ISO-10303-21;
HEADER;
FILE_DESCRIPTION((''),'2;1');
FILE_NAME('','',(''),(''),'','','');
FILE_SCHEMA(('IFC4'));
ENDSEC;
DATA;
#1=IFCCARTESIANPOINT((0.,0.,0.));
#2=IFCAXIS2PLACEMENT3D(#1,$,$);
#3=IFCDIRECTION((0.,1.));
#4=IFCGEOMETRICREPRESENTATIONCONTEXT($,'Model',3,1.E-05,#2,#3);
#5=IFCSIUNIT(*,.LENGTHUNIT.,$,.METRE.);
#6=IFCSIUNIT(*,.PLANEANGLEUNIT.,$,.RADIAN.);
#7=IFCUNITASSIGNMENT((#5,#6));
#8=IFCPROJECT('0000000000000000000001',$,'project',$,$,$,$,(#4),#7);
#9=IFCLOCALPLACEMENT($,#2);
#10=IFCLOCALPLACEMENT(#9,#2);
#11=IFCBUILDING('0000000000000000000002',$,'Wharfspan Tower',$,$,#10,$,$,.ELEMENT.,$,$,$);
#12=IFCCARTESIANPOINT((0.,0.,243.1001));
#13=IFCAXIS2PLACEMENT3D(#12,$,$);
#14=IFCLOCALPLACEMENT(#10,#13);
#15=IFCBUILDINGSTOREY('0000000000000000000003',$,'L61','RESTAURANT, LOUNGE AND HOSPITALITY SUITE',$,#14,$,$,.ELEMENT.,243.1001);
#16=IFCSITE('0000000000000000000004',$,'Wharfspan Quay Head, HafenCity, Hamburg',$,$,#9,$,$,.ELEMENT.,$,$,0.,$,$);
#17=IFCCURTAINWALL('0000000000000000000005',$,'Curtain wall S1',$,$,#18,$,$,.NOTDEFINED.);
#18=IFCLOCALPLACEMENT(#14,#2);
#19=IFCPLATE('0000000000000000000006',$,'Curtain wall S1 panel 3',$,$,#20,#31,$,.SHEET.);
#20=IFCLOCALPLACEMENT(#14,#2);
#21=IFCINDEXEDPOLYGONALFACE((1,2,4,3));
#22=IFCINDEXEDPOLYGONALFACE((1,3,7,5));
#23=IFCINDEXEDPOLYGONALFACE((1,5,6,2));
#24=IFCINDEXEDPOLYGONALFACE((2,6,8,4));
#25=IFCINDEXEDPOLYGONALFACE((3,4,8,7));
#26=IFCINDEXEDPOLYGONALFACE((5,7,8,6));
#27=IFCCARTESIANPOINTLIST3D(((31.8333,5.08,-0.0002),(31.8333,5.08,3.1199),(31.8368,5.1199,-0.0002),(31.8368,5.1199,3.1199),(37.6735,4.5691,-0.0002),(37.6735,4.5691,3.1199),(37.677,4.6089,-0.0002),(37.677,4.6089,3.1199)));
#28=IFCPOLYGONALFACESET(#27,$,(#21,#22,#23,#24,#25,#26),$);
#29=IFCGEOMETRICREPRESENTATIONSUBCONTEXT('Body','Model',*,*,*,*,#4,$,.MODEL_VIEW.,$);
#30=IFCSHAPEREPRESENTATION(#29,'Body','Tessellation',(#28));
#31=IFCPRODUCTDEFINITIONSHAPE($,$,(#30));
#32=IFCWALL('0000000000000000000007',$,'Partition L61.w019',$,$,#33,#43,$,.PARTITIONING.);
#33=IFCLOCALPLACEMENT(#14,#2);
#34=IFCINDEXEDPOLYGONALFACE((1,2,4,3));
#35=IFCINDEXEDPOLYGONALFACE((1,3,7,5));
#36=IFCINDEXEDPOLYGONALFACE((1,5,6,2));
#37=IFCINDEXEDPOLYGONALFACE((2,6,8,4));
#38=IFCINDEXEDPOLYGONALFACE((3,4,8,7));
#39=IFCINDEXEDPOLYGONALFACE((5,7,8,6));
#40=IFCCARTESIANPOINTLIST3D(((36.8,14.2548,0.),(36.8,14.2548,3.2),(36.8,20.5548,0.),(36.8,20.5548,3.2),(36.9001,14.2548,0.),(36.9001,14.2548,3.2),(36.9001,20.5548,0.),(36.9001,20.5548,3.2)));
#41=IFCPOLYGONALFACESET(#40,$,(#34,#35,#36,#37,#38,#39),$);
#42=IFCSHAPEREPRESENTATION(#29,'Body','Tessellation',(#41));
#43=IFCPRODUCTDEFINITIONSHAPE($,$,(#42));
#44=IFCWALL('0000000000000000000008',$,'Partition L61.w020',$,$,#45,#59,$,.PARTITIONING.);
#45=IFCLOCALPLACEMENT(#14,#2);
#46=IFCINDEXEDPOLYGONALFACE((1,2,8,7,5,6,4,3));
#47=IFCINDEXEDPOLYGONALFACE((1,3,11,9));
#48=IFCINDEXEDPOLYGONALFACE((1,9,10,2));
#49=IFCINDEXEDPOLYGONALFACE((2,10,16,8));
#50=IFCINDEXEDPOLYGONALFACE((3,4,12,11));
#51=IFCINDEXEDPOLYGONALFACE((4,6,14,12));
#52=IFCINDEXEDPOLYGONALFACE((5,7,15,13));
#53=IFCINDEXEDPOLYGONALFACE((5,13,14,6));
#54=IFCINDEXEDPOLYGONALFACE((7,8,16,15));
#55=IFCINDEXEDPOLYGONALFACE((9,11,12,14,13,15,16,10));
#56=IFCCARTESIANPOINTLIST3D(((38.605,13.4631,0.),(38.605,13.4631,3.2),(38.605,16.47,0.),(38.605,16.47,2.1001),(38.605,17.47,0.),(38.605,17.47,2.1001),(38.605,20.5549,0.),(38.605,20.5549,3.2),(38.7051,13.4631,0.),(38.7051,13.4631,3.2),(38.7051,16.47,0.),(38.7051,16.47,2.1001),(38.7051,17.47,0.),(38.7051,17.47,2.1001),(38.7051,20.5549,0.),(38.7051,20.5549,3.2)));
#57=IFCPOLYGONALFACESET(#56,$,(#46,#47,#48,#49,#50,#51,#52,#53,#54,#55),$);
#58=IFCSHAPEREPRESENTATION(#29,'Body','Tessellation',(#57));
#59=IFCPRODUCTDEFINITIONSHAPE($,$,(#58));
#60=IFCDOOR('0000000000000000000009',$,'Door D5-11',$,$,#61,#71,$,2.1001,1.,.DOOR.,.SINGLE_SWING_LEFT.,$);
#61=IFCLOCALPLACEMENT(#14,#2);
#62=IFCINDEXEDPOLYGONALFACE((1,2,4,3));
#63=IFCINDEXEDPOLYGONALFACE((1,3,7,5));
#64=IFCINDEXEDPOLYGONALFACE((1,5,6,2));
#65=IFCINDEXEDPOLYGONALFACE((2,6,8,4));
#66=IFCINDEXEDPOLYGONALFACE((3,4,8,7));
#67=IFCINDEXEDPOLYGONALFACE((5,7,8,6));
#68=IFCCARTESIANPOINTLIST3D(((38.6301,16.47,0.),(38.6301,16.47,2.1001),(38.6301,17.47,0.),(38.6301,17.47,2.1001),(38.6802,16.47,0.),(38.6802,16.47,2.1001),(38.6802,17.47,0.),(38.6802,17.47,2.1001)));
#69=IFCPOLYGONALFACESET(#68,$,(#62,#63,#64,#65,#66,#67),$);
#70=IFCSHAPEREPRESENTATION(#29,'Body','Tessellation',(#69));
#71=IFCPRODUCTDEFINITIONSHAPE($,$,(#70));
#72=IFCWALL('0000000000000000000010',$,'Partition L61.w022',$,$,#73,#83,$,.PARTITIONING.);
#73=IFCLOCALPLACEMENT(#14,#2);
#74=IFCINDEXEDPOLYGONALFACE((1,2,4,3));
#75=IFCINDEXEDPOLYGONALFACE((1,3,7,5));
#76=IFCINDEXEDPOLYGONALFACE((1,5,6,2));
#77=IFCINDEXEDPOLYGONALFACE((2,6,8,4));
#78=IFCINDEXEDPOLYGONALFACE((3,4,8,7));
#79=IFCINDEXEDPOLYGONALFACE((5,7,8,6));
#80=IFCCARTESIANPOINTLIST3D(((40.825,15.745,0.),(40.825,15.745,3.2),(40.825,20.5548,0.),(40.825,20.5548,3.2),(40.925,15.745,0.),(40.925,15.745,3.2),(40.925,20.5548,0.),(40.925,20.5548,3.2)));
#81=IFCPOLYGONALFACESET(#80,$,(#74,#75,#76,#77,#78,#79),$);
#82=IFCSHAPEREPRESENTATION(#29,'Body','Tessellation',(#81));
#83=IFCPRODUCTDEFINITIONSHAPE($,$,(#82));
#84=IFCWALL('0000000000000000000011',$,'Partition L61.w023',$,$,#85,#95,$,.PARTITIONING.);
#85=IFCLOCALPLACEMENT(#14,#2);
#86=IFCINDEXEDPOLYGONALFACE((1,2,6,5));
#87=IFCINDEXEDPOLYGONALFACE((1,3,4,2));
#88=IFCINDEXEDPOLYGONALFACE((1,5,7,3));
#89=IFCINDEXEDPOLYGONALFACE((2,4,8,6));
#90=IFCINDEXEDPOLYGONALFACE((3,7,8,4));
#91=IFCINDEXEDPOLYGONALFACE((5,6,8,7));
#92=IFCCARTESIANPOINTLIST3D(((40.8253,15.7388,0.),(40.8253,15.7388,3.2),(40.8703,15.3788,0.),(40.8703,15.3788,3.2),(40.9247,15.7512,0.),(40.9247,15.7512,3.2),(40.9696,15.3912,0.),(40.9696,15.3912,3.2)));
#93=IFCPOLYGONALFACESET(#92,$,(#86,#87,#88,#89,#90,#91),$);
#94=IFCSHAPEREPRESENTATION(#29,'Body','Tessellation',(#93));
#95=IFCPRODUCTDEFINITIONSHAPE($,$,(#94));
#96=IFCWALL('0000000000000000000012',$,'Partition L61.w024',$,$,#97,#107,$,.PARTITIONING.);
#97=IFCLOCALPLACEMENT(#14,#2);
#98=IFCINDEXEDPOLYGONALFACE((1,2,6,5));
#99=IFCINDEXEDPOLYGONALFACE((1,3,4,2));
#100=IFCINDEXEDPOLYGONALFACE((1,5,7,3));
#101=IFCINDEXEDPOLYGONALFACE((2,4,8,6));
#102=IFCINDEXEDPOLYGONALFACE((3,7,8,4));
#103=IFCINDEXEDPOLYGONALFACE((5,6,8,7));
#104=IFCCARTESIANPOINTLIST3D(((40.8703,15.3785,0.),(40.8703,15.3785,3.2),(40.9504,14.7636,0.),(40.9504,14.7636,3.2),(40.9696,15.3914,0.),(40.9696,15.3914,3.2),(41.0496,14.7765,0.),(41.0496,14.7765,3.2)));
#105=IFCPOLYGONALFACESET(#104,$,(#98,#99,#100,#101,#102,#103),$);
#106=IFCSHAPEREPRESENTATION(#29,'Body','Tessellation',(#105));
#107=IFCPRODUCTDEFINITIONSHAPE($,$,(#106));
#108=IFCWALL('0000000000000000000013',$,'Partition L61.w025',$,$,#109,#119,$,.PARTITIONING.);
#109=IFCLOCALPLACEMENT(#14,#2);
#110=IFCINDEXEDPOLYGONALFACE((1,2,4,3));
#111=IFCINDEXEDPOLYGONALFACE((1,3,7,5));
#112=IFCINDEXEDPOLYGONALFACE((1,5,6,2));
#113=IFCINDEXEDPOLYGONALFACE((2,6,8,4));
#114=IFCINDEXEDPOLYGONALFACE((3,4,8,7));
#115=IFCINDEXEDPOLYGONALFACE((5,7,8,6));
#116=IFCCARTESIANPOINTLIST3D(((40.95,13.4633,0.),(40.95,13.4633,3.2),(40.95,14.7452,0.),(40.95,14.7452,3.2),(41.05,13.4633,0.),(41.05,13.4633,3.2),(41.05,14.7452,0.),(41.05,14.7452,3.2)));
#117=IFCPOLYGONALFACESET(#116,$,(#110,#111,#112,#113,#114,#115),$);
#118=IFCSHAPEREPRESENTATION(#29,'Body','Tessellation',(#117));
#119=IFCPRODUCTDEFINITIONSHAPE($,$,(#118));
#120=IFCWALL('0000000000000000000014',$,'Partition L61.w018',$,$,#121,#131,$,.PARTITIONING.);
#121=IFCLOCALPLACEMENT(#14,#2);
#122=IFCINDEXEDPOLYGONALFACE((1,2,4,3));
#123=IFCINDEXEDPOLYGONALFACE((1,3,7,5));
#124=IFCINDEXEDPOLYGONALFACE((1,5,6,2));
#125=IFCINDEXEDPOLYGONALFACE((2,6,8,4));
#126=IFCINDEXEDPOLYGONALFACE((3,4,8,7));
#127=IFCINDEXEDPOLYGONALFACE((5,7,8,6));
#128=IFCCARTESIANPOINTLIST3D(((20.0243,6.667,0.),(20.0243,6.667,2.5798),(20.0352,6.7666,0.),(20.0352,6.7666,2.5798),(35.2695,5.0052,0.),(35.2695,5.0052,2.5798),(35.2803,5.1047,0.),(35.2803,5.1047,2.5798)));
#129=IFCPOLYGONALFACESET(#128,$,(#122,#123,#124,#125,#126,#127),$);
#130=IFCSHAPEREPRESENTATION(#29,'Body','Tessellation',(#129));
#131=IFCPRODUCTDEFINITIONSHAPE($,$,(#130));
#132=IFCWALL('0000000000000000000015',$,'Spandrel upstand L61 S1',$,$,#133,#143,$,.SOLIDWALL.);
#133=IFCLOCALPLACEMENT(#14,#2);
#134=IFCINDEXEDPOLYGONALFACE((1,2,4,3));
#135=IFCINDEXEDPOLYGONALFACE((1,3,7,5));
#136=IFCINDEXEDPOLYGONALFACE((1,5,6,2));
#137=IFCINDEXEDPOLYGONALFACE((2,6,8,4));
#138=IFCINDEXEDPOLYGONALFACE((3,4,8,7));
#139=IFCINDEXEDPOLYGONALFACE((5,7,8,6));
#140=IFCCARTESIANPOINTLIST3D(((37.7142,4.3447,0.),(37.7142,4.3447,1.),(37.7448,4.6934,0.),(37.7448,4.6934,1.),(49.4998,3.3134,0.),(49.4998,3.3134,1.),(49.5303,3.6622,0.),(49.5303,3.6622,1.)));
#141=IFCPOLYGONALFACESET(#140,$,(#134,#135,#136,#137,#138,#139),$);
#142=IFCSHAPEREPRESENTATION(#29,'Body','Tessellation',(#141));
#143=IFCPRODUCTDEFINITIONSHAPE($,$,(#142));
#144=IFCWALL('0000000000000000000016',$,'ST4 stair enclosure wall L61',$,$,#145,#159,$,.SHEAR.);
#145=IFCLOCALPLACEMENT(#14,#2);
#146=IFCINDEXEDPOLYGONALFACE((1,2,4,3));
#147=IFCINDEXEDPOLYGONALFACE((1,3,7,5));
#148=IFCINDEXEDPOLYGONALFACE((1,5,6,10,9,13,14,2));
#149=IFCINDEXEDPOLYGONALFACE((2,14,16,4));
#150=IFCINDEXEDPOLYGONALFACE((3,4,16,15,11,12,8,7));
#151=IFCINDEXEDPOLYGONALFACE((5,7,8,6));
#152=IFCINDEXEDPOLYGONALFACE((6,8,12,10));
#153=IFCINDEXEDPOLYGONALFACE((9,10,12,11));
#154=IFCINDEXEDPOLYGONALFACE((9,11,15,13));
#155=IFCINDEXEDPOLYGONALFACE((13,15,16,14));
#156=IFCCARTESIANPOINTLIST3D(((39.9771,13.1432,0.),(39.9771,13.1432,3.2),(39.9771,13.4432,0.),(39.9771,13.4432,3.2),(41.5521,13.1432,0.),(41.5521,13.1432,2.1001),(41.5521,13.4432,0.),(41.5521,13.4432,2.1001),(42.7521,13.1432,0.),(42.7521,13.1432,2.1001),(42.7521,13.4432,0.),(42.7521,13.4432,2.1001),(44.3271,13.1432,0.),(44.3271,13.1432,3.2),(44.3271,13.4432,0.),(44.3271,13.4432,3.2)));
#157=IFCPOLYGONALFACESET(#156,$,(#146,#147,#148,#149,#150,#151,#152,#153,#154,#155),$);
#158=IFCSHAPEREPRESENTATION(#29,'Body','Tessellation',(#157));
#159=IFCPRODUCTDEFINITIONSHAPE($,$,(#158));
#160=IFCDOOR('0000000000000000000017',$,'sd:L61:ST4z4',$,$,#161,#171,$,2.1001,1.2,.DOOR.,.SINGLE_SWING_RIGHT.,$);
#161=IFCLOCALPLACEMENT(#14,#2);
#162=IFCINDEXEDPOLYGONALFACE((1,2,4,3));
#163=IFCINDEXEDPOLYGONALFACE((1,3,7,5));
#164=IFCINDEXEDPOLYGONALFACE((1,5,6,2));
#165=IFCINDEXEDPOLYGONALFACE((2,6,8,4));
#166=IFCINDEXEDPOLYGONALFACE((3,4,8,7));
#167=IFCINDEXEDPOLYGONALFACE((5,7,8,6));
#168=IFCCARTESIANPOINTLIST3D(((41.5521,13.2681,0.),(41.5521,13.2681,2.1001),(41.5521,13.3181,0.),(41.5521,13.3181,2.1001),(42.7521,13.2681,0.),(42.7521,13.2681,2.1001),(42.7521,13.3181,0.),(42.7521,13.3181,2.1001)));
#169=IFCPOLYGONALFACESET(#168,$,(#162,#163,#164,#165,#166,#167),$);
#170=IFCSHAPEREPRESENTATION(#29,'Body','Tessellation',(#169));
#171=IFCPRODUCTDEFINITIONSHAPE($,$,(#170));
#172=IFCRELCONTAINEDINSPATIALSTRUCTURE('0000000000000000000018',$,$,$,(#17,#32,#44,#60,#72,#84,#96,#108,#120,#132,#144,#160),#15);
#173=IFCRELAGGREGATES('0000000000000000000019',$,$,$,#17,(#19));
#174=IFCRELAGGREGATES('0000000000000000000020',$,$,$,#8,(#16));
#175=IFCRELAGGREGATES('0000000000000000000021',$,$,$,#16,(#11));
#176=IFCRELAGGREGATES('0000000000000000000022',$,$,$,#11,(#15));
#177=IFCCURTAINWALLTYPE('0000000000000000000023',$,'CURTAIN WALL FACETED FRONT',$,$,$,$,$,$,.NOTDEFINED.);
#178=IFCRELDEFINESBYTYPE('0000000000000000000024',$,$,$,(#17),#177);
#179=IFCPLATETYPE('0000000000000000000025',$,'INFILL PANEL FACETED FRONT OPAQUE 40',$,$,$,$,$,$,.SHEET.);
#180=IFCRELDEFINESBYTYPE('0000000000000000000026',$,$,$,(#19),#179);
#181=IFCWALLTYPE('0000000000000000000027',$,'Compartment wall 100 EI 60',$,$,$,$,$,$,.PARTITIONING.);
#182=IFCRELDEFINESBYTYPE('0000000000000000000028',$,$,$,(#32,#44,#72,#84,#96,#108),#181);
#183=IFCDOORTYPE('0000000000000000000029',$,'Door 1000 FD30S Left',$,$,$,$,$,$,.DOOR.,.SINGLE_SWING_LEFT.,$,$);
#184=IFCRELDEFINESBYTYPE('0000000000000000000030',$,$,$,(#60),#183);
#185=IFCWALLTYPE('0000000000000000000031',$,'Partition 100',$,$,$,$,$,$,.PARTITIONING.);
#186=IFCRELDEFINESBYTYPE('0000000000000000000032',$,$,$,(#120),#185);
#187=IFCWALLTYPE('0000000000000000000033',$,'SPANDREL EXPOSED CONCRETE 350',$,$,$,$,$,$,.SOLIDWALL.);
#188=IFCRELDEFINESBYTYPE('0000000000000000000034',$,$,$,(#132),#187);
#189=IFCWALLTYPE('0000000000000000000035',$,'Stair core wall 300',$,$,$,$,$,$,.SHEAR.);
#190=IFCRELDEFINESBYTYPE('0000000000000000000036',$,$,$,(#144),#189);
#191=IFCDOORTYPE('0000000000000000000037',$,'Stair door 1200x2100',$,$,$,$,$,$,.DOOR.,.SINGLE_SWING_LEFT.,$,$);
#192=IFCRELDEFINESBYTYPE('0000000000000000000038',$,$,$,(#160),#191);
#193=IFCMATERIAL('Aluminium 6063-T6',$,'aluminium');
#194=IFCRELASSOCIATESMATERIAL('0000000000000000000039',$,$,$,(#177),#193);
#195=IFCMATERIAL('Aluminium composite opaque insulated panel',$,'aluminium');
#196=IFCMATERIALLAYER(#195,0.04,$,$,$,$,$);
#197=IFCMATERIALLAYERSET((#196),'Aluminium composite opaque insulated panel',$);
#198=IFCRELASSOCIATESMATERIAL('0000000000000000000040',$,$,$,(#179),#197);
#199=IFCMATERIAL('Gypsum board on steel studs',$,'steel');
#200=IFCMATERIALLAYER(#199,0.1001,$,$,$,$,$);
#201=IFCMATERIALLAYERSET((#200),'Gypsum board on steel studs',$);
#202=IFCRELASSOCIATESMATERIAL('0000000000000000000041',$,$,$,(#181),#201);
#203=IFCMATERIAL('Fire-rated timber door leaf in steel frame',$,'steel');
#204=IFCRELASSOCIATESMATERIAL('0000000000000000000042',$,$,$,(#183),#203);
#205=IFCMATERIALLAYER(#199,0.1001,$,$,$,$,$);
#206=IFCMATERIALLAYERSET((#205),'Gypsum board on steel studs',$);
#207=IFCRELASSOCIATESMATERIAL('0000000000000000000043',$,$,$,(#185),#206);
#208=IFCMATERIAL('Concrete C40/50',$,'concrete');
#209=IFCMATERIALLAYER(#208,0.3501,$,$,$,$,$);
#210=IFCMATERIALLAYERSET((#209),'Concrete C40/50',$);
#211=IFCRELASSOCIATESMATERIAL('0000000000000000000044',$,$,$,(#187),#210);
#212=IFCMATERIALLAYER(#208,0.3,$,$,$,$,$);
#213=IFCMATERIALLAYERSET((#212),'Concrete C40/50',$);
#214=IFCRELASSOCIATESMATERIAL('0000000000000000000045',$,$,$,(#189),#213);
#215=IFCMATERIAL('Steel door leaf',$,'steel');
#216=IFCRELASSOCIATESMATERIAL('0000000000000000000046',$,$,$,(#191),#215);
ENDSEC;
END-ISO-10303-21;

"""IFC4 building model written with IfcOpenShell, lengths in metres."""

from ifc_helpers import new_model, si_unit, direction, frame, frame_2d, origin, origin_2d, place, context, subcontext, project, spatial, rectangle, extrude, material, layer, layer_set, type_object, element, fill, aggregate, save


model = new_model("IFC4")

# Units and contexts
model_context = context("Model", 3, precision=1e-05, world=origin(), true_north=direction((0.0, 1.0)))
body_context = subcontext(model_context, "Body", "Model", "MODEL_VIEW")
ifc_project = project(units=[si_unit("LENGTHUNIT", "METRE"), si_unit("PLANEANGLEUNIT", "RADIAN")], contexts=[model_context])

# Site, building, storey
site_placement = place(None, origin())
site = spatial("IfcSite", under=ifc_project, at=site_placement, Name="Wharfspan Quay Head, HafenCity, Hamburg", CompositionType="ELEMENT", RefElevation=0.0)
building_placement = place(site_placement, origin())
building = spatial("IfcBuilding", under=site, at=building_placement, Name="Wharfspan Tower", CompositionType="ELEMENT")
storey_placement = place(building_placement, frame((0.0, 0.0, 243.1001)))
storey = spatial("IfcBuildingStorey", under=building, at=storey_placement, Name="L61", Description="RESTAURANT, LOUNGE AND HOSPITALITY SUITE", CompositionType="ELEMENT", Elevation=243.1001)

# Curtain wall, plate
ifc_material_1 = material(Name="Aluminium 6063-T6", Category="aluminium")
curtain_wall_type = type_object("IfcCurtainWallType", Name="CURTAIN WALL FACETED FRONT", PredefinedType="NOTDEFINED", material=ifc_material_1)
curtain_wall_placement = place(storey_placement, origin())
curtain_wall = element("IfcCurtainWall", 1, at=curtain_wall_placement, inside=storey, type_object=curtain_wall_type, Name="Curtain wall S1", PredefinedType="NOTDEFINED")
ifc_material_2 = material(Name="Aluminium composite opaque insulated panel", Category="aluminium")
ifc_layer_1 = layer(ifc_material_2, 0.04)
ifc_layer_set_1 = layer_set([ifc_layer_1], Name="Aluminium composite opaque insulated panel")
plate_type_1 = type_object("IfcPlateType", Name="INFILL PANEL FACETED FRONT OPAQUE 40", PredefinedType="SHEET", material=ifc_layer_set_1)
plate_1_placement = place(storey_placement, frame((34.7551, 4.8445, -0.0002), z_axis=(0.0, 0.0, 1.0), x_axis=(0.996197, -0.087156, 0.0)))
plate_1 = element("IfcPlate", 2, at=plate_1_placement, type_object=plate_type_1, Name="Curtain wall S1 panel 3", PredefinedType="SHEET", context=body_context, shape_type="SweptSolid", body=[
    extrude(rectangle(XDim=5.8625, YDim=0.04, at=origin_2d()), origin(), (0.0, 0.0, 1.0), 3.1201),
])
aggregate(curtain_wall, [plate_1])

# Wall
ifc_material_3 = material(Name="Gypsum board on steel studs", Category="steel")
ifc_layer_2 = layer(ifc_material_3, 0.1001)
ifc_layer_set_2 = layer_set([ifc_layer_2], Name="Gypsum board on steel studs")
wall_type_1 = type_object("IfcWallType", Name="Compartment wall 100 EI 60", PredefinedType="PARTITIONING", material=ifc_layer_set_2)
wall_1_placement = place(storey_placement, frame((36.8501, 14.2549, 0.0), z_axis=(0.0, 0.0, 1.0), x_axis=(0.0, 1.0, 0.0)))
element("IfcWall", 3, at=wall_1_placement, inside=storey, type_object=wall_type_1, Name="Partition L61.w019", PredefinedType="PARTITIONING", context=body_context, shape_type="SweptSolid", body=[
    extrude(rectangle(XDim=6.3, YDim=0.1001, at=frame_2d((3.1499, 0.0))), origin(), (0.0, 0.0, 1.0), 3.2),
])

# Wall, opening, door
wall_2_placement = place(storey_placement, frame((38.655, 13.4631, 0.0), z_axis=(0.0, 0.0, 1.0), x_axis=(0.0, 1.0, 0.0)))
wall_2 = element("IfcWall", 4, at=wall_2_placement, inside=storey, type_object=wall_type_1, Name="Partition L61.w020", PredefinedType="PARTITIONING", context=body_context, shape_type="SweptSolid", body=[
    extrude(rectangle(XDim=7.0918, YDim=0.1001, at=frame_2d((3.5459, 0.0))), origin(), (0.0, 0.0, 1.0), 3.2),
])
opening_1_placement = place(wall_2_placement, frame((3.0068, 0.0, 0.0)))
opening_1 = element("IfcOpeningElement", 5, at=opening_1_placement, cuts=wall_2, PredefinedType="OPENING", context=body_context, shape_type="SweptSolid", body=[
    extrude(rectangle(XDim=1.0, YDim=2.1001, at=frame_2d((0.5, 1.05))), frame((0.0, 0.0601, 0.0), z_axis=(0.0, -1.0, 0.0), x_axis=(1.0, 0.0, 0.0)), (0.0, 0.0, 1.0), 0.1201),
])
ifc_material_4 = material(Name="Fire-rated timber door leaf in steel frame", Category="steel")
door_type_1 = type_object("IfcDoorType", Name="Door 1000 FD30S Left", OperationType="SINGLE_SWING_LEFT", PredefinedType="DOOR", material=ifc_material_4)
door_1_placement = place(opening_1_placement, origin())
door_1 = element("IfcDoor", 6, at=door_1_placement, inside=storey, type_object=door_type_1, Name="Door D5-11", OperationType="SINGLE_SWING_LEFT", OverallHeight=2.1001, OverallWidth=1.0, PredefinedType="DOOR", context=body_context, shape_type="SweptSolid", body=[
    extrude(rectangle(XDim=1.0, YDim=2.1001, at=frame_2d((0.5, 1.05))), frame((0.0, 0.0249, 0.0), z_axis=(0.0, -1.0, 0.0), x_axis=(1.0, 0.0, 0.0)), (0.0, 0.0, 1.0), 0.05),
])
fill(opening_1, door_1)

# Walls
wall_3_placement = place(storey_placement, frame((40.875, 15.7451, 0.0), z_axis=(0.0, 0.0, 1.0), x_axis=(0.0, 1.0, 0.0)))
element("IfcWall", 7, at=wall_3_placement, inside=storey, type_object=wall_type_1, Name="Partition L61.w022", PredefinedType="PARTITIONING", context=body_context, shape_type="SweptSolid", body=[
    extrude(rectangle(XDim=4.8098, YDim=0.1001, at=frame_2d((2.4048, 0.0))), origin(), (0.0, 0.0, 1.0), 3.2),
])
wall_4_placement = place(storey_placement, frame((40.9199, 15.385, 0.0), z_axis=(0.0, 0.0, 1.0), x_axis=(-0.123786, 0.992306, 0.0)))
element("IfcWall", 8, at=wall_4_placement, inside=storey, type_object=wall_type_1, Name="Partition L61.w023", PredefinedType="PARTITIONING", context=body_context, shape_type="SweptSolid", body=[
    extrude(rectangle(XDim=0.3628, YDim=0.1001, at=frame_2d((0.1814, 0.0))), origin(), (0.0, 0.0, 1.0), 3.2),
])
wall_5_placement = place(storey_placement, frame((41.0, 14.77, 0.0), z_axis=(0.0, 0.0, 1.0), x_axis=(-0.12912, 0.991626, 0.0)))
element("IfcWall", 9, at=wall_5_placement, inside=storey, type_object=wall_type_1, Name="Partition L61.w024", PredefinedType="PARTITIONING", context=body_context, shape_type="SweptSolid", body=[
    extrude(rectangle(XDim=0.6201, YDim=0.1001, at=frame_2d((0.3101, 0.0))), origin(), (0.0, 0.0, 1.0), 3.2),
])
wall_6_placement = place(storey_placement, frame((41.0, 13.4631, 0.0), z_axis=(0.0, 0.0, 1.0), x_axis=(0.0, 1.0, 0.0)))
element("IfcWall", 10, at=wall_6_placement, inside=storey, type_object=wall_type_1, Name="Partition L61.w025", PredefinedType="PARTITIONING", context=body_context, shape_type="SweptSolid", body=[
    extrude(rectangle(XDim=1.282, YDim=0.1001, at=frame_2d((0.6411, 0.0))), origin(), (0.0, 0.0, 1.0), 3.2),
])
ifc_layer_3 = layer(ifc_material_3, 0.1001)
ifc_layer_set_3 = layer_set([ifc_layer_3], Name="Gypsum board on steel studs")
wall_type_2 = type_object("IfcWallType", Name="Partition 100", PredefinedType="PARTITIONING", material=ifc_layer_set_3)
wall_7_placement = place(storey_placement, frame((35.2749, 5.0549, 0.0), z_axis=(0.0, 0.0, 1.0), x_axis=(-0.994114, 0.108368, 0.0)))
element("IfcWall", 11, at=wall_7_placement, inside=storey, type_object=wall_type_2, Name="Partition L61.w018", PredefinedType="PARTITIONING", context=body_context, shape_type="SweptSolid", body=[
    extrude(rectangle(XDim=15.3354, YDim=0.1001, at=frame_2d((7.6677, 0.0))), origin(), (0.0, 0.0, 1.0), 2.5798),
])
ifc_material_5 = material(Name="Concrete C40/50", Category="concrete")
ifc_layer_4 = layer(ifc_material_5, 0.3501)
ifc_layer_set_4 = layer_set([ifc_layer_4], Name="Concrete C40/50")
wall_type_3 = type_object("IfcWallType", Name="SPANDREL EXPOSED CONCRETE 350", PredefinedType="SOLIDWALL", material=ifc_layer_set_4)
wall_8_placement = place(storey_placement, frame((37.7295, 4.519, 0.0), z_axis=(0.0, 0.0, 1.0), x_axis=(0.99619, -0.087167, 0.0)))
element("IfcWall", 12, at=wall_8_placement, inside=storey, type_object=wall_type_3, Name="Spandrel upstand L61 S1", PredefinedType="SOLIDWALL", context=body_context, shape_type="SweptSolid", body=[
    extrude(rectangle(XDim=11.8306, YDim=0.3501, at=frame_2d((5.9153, 0.0))), origin(), (0.0, 0.0, 1.0), 1.0),
])

# Wall, opening, door
ifc_layer_5 = layer(ifc_material_5, 0.3)
ifc_layer_set_5 = layer_set([ifc_layer_5], Name="Concrete C40/50")
wall_type_4 = type_object("IfcWallType", Name="Stair core wall 300", PredefinedType="SHEAR", material=ifc_layer_set_5)
wall_9_placement = place(storey_placement, frame((39.9771, 13.2932, 0.0), z_axis=(0.0, 0.0, 1.0), x_axis=(1.0, 0.0, 0.0)))
wall_9 = element("IfcWall", 13, at=wall_9_placement, inside=storey, type_object=wall_type_4, Name="ST4 stair enclosure wall L61", PredefinedType="SHEAR", context=body_context, shape_type="SweptSolid", body=[
    extrude(rectangle(XDim=4.3501, YDim=0.3, at=frame_2d((2.175, 0.0))), origin(), (0.0, 0.0, 1.0), 3.2),
])
opening_2_placement = place(wall_9_placement, frame((1.575, 0.0, 0.0)))
opening_2 = element("IfcOpeningElement", 14, at=opening_2_placement, cuts=wall_9, PredefinedType="OPENING", context=body_context, shape_type="SweptSolid", body=[
    extrude(rectangle(XDim=1.2, YDim=2.1001, at=frame_2d((0.6001, 1.05))), frame((0.0, 0.1599, 0.0), z_axis=(0.0, -1.0, 0.0), x_axis=(1.0, 0.0, 0.0)), (0.0, 0.0, 1.0), 0.3201),
])
ifc_material_6 = material(Name="Steel door leaf", Category="steel")
door_type_2 = type_object("IfcDoorType", Name="Stair door 1200x2100", OperationType="SINGLE_SWING_LEFT", PredefinedType="DOOR", material=ifc_material_6)
door_2_placement = place(opening_2_placement, origin())
door_2 = element("IfcDoor", 15, at=door_2_placement, inside=storey, type_object=door_type_2, Name="sd:L61:ST4z4", OperationType="SINGLE_SWING_RIGHT", OverallHeight=2.1001, OverallWidth=1.2, PredefinedType="DOOR", context=body_context, shape_type="SweptSolid", body=[
    extrude(rectangle(XDim=1.2, YDim=2.1001, at=frame_2d((0.6001, 1.05))), frame((0.0, 0.0249, 0.0), z_axis=(0.0, -1.0, 0.0), x_axis=(1.0, 0.0, 0.0)), (0.0, 0.0, 1.0), 0.05),
])
fill(opening_2, door_2)

save(model, "model.ifc")
